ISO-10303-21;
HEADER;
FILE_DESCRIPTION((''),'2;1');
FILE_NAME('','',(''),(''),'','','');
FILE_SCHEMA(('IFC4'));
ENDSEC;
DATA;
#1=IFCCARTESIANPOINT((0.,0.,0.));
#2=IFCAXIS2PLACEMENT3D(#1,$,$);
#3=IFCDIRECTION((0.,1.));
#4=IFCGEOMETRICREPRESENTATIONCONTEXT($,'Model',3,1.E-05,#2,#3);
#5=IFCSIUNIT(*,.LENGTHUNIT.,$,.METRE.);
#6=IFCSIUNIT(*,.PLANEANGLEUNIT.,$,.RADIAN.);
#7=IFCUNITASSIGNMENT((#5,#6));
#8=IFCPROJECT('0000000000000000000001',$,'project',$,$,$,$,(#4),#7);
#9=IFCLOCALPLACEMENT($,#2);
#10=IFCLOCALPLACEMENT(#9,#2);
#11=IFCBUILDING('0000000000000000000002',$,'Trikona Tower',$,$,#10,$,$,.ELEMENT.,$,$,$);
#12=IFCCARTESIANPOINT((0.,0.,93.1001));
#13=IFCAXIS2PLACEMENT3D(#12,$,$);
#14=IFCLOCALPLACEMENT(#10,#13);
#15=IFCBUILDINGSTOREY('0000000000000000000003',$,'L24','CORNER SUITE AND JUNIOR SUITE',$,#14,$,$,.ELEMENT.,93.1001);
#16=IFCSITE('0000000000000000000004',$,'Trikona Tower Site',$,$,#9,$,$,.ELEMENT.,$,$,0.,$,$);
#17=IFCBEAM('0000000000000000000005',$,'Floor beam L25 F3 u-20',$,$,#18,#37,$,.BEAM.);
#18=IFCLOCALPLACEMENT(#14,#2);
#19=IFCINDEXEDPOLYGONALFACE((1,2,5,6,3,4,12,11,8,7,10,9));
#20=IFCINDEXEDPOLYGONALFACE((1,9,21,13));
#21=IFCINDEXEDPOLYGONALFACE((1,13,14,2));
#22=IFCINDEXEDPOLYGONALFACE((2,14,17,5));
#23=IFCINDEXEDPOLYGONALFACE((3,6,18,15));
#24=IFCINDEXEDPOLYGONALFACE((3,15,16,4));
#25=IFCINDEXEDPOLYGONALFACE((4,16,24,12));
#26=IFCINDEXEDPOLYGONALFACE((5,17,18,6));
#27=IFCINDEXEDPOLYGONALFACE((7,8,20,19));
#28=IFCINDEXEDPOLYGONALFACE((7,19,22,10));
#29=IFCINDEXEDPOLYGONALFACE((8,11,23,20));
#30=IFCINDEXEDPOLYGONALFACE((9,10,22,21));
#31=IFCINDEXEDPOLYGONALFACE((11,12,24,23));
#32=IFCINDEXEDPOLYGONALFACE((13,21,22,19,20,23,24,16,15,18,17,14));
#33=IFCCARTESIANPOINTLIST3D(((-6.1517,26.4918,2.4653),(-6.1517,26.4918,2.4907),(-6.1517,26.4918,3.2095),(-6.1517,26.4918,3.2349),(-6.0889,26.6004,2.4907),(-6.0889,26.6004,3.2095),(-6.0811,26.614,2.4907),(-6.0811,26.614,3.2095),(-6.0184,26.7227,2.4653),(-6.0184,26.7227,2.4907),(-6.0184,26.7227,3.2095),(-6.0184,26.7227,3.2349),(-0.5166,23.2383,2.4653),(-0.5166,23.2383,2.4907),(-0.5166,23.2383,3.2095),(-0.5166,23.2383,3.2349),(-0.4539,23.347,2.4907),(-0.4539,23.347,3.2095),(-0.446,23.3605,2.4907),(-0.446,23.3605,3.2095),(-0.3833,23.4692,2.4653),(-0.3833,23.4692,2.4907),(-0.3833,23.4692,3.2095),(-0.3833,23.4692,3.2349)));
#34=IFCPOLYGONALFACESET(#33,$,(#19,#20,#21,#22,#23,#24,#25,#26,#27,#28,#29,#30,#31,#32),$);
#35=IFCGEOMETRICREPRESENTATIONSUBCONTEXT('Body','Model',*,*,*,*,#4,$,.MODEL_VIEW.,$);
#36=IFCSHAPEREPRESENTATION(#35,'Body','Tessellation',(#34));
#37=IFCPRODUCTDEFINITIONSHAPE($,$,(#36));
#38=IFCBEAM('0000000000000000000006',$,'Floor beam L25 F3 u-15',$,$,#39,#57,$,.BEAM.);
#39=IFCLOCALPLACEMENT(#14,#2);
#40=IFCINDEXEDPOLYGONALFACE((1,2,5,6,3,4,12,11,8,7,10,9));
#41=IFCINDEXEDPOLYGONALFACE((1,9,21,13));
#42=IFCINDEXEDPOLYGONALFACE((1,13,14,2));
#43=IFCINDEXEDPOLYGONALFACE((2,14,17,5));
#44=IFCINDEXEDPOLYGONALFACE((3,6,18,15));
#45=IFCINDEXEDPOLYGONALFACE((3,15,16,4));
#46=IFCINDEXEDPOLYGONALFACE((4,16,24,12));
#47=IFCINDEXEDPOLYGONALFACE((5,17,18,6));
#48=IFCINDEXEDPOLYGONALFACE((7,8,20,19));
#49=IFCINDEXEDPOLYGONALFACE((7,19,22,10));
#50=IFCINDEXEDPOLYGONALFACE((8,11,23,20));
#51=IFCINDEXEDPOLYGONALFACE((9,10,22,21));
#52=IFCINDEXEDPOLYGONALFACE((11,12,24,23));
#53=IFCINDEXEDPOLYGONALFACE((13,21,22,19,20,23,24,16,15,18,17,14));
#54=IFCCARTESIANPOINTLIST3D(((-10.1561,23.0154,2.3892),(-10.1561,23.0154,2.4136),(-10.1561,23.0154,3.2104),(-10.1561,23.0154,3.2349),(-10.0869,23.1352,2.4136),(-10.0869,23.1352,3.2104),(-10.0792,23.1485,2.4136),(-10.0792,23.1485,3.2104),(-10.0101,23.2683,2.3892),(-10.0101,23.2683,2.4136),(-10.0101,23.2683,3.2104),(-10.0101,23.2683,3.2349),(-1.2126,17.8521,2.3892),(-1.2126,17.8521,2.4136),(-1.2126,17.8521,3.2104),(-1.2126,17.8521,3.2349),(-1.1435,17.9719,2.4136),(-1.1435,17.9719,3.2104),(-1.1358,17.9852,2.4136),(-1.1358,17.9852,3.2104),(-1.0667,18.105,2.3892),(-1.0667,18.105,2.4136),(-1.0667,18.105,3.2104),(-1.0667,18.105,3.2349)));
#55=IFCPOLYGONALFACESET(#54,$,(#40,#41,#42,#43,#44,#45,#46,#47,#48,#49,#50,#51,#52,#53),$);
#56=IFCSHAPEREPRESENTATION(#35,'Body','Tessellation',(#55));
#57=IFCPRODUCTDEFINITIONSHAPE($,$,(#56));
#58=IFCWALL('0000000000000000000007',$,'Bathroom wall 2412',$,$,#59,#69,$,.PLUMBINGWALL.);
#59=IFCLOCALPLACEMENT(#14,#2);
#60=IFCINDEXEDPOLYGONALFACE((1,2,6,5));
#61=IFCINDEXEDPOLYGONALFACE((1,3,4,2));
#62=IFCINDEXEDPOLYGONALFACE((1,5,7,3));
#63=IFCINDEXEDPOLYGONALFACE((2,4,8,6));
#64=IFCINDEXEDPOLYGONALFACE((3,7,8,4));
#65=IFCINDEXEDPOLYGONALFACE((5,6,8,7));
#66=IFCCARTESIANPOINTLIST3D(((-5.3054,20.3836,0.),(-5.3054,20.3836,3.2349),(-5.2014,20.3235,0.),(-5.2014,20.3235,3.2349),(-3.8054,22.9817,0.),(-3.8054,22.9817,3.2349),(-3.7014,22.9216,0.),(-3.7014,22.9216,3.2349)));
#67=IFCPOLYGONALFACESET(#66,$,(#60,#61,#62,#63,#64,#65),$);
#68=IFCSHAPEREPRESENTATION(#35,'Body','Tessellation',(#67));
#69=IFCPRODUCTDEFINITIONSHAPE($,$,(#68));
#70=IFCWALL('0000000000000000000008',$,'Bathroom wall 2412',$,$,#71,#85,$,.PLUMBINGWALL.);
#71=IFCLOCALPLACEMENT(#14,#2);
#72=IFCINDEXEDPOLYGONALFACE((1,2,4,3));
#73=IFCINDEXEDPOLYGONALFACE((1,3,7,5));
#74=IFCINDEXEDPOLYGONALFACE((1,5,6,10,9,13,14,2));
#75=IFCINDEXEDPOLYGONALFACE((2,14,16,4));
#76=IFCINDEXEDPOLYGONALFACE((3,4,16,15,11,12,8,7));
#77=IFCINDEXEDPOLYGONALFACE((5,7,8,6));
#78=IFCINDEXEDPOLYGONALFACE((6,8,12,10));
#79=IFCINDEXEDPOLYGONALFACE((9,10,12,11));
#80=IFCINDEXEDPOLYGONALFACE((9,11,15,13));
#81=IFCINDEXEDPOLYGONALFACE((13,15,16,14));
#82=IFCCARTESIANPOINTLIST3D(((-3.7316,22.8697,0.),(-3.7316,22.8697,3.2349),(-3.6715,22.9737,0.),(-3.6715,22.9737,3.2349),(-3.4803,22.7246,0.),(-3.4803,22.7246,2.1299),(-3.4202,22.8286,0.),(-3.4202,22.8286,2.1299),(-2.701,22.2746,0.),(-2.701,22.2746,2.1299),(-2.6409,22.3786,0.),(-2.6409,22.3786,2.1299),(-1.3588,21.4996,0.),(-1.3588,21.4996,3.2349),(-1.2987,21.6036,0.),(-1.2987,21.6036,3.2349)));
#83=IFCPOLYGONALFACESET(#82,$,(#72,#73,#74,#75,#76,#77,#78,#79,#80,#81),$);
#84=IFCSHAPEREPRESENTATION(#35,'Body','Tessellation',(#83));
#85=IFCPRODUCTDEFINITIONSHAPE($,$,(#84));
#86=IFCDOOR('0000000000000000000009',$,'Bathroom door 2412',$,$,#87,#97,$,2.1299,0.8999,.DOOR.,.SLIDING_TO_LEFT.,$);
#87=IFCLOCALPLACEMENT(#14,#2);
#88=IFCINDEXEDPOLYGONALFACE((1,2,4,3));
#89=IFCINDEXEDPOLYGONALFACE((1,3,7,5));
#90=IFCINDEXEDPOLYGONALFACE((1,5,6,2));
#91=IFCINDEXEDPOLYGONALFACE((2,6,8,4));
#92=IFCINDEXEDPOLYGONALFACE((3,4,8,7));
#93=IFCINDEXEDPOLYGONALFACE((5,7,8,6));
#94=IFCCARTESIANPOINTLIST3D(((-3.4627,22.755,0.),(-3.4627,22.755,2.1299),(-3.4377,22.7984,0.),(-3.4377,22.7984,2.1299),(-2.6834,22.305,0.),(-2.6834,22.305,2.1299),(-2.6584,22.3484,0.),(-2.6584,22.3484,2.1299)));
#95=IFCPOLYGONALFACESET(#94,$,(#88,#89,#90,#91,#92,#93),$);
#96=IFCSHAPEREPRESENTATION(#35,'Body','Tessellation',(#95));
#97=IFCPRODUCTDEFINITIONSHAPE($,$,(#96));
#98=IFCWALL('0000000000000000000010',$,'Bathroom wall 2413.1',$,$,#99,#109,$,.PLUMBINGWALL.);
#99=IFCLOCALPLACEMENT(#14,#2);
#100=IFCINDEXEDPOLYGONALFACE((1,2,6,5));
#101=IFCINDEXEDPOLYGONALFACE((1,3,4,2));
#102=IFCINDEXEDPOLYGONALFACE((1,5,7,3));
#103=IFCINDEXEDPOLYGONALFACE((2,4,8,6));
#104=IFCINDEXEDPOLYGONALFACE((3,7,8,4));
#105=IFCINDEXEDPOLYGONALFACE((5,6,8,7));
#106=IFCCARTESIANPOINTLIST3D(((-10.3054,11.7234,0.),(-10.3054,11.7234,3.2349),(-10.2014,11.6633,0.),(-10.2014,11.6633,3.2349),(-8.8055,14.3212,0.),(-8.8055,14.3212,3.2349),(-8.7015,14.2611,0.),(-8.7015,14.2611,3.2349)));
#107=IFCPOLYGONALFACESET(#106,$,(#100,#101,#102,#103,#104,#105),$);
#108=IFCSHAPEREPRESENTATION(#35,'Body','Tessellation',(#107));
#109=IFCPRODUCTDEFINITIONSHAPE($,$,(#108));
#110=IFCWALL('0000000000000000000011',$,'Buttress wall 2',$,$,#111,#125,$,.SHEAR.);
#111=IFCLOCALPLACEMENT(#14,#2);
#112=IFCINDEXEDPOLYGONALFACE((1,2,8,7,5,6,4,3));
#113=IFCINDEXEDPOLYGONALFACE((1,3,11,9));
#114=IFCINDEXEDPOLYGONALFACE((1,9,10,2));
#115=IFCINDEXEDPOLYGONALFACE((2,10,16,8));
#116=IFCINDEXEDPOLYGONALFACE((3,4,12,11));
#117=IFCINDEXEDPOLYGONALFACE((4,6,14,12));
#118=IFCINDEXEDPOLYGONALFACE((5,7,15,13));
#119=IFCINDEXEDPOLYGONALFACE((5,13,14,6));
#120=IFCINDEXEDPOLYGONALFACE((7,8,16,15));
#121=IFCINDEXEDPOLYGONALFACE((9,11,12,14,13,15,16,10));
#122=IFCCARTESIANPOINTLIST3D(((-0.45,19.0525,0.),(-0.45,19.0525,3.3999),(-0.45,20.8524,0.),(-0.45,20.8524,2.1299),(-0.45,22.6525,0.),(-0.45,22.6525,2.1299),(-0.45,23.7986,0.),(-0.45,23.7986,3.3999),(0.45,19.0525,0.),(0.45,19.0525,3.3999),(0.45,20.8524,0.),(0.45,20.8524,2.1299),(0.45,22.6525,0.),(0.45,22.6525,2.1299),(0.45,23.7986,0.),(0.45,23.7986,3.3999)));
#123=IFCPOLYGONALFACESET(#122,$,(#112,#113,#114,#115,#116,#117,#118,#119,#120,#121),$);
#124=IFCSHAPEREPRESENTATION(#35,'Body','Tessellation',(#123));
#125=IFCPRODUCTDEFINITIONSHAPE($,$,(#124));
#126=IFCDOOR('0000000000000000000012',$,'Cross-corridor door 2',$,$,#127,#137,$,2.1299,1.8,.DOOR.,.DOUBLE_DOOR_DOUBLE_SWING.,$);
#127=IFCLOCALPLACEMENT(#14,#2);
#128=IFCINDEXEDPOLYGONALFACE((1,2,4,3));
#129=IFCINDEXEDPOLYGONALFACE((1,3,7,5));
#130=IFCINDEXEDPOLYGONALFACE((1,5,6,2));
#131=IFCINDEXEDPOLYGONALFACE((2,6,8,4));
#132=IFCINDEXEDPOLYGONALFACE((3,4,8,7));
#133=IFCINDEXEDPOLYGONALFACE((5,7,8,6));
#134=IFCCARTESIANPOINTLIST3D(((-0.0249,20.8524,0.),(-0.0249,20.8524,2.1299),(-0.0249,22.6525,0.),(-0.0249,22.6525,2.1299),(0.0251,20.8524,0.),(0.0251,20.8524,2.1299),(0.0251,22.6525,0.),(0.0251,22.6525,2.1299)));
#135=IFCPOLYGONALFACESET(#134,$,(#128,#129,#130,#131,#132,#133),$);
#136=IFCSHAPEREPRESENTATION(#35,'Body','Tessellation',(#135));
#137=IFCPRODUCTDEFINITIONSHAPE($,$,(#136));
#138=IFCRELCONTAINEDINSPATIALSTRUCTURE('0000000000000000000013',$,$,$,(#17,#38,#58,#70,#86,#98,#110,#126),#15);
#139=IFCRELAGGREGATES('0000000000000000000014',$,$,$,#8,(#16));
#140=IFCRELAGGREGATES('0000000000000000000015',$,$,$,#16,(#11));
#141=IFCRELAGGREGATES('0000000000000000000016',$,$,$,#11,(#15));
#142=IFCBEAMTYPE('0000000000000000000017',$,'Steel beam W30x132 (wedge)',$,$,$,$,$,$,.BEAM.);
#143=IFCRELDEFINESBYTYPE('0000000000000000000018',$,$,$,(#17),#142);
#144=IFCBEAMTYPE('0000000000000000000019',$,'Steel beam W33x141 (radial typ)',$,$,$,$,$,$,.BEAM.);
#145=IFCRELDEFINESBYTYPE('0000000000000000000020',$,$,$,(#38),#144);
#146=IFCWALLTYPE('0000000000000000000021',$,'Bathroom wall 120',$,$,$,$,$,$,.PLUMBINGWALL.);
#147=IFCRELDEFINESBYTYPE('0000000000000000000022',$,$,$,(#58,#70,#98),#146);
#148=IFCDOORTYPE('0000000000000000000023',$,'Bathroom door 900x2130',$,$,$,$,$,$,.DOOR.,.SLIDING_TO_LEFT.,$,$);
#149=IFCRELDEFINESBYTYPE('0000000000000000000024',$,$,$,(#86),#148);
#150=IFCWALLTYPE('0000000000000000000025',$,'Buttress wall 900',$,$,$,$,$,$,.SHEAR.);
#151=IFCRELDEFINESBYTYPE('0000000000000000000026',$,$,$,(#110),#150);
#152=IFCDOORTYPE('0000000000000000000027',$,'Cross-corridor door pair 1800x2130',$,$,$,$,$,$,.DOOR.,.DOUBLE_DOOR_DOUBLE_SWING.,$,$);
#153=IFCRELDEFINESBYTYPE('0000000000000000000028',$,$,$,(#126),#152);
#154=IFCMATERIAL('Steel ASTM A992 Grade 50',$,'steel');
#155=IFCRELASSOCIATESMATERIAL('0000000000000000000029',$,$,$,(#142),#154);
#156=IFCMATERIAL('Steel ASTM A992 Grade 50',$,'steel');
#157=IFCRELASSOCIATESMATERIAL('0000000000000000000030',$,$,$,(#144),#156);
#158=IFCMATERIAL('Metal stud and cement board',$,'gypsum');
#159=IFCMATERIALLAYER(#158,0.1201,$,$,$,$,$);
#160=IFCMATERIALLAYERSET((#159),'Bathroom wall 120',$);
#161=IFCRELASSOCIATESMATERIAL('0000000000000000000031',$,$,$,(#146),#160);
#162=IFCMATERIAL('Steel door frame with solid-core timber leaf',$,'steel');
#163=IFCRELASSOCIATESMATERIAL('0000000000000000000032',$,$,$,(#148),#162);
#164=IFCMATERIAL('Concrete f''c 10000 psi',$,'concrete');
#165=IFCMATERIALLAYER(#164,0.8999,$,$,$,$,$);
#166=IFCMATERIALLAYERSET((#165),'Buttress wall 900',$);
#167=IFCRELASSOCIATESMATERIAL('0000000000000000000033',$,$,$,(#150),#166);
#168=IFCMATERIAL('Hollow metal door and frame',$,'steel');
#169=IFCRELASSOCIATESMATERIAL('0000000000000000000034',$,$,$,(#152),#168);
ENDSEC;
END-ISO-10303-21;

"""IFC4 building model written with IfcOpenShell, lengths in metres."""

from ifc_helpers import new_model, si_unit, direction, frame, frame_2d, origin, origin_2d, place, context, subcontext, project, spatial, rectangle, i_section, extrude, material, layer, layer_set, material_profile, profile_set, type_object, element, fill, save


model = new_model("IFC4")

# Units and contexts
model_context = context("Model", 3, precision=1e-05, world=origin(), true_north=direction((0.0, 1.0)))
body_context = subcontext(model_context, "Body", "Model", "MODEL_VIEW")
ifc_project = project(units=[si_unit("LENGTHUNIT", "METRE"), si_unit("PLANEANGLEUNIT", "RADIAN")], contexts=[model_context])

# Site, building, storey
site_placement = place(None, origin())
site = spatial("IfcSite", under=ifc_project, at=site_placement, Name="Trikona Tower Site", CompositionType="ELEMENT", RefElevation=0.0)
building_placement = place(site_placement, origin())
building = spatial("IfcBuilding", under=site, at=building_placement, Name="Trikona Tower", CompositionType="ELEMENT")
storey_placement = place(building_placement, frame((0.0, 0.0, 93.1001)))
storey = spatial("IfcBuildingStorey", under=building, at=storey_placement, Name="L24", Description="CORNER SUITE AND JUNIOR SUITE", CompositionType="ELEMENT", Elevation=93.1001)

# Beams
ifc_material_1 = material(Name="Steel ASTM A992 Grade 50", Category="steel")
ifc_material_profile_1 = material_profile(ifc_material_1, i_section(OverallWidth=0.2666, OverallDepth=0.7695, WebThickness=0.0156, FlangeThickness=0.0254, at=origin_2d()), Name="W30X132")
ifc_profile_set_1 = profile_set([ifc_material_profile_1], Name="Steel ASTM A992 Grade 50")
beam_type_1 = type_object("IfcBeamType", Name="Steel beam W30x132 (wedge)", PredefinedType="BEAM", material=ifc_profile_set_1)
beam_1_placement = place(storey_placement, frame((-0.45, 23.3538, 2.8501), z_axis=(-0.866023, 0.500005, 0.0), x_axis=(-0.500005, -0.866023, 0.0)))
element("IfcBeam", 1, at=beam_1_placement, inside=storey, type_object=beam_type_1, Name="Floor beam L25 F3 u-20", PredefinedType="BEAM", context=body_context, shape_type="SweptSolid", body=[
    extrude(i_section(OverallWidth=0.2666, OverallDepth=0.7695, WebThickness=0.0156, FlangeThickness=0.0254, at=origin_2d()), origin(), (0.0, 0.0, 1.0), 6.5068),
])
ifc_material_2 = material(Name="Steel ASTM A992 Grade 50", Category="steel")
ifc_material_profile_2 = material_profile(ifc_material_2, i_section(OverallWidth=0.292, OverallDepth=0.8457, WebThickness=0.0154, FlangeThickness=0.0244, at=origin_2d()), Name="W33X141")
ifc_profile_set_2 = profile_set([ifc_material_profile_2], Name="Steel ASTM A992 Grade 50")
beam_type_2 = type_object("IfcBeamType", Name="Steel beam W33x141 (radial typ)", PredefinedType="BEAM", material=ifc_profile_set_2)
beam_2_placement = place(storey_placement, frame((-1.1396, 17.9785, 2.812), z_axis=(-0.86603, 0.499991, 0.0), x_axis=(-0.499991, -0.86603, 0.0)))
element("IfcBeam", 2, at=beam_2_placement, inside=storey, type_object=beam_type_2, Name="Floor beam L25 F3 u-15", PredefinedType="BEAM", context=body_context, shape_type="SweptSolid", body=[
    extrude(i_section(OverallWidth=0.292, OverallDepth=0.8457, WebThickness=0.0154, FlangeThickness=0.0244, at=origin_2d()), origin(), (0.0, 0.0, 1.0), 10.3269),
])

# Wall
ifc_material_3 = material(Name="Metal stud and cement board", Category="gypsum")
ifc_layer_1 = layer(ifc_material_3, 0.1201)
ifc_layer_set_1 = layer_set([ifc_layer_1], Name="Bathroom wall 120")
wall_type_1 = type_object("IfcWallType", Name="Bathroom wall 120", PredefinedType="PLUMBINGWALL", material=ifc_layer_set_1)
wall_1_placement = place(storey_placement, frame((-3.7534, 22.9517, 0.0), z_axis=(0.0, 0.0, 1.0), x_axis=(-0.49999, -0.866031, 0.0)))
element("IfcWall", 3, at=wall_1_placement, inside=storey, type_object=wall_type_1, Name="Bathroom wall 2412", PredefinedType="PLUMBINGWALL", context=body_context, shape_type="SweptSolid", body=[
    extrude(rectangle(XDim=3.0, YDim=0.1201, at=frame_2d((1.5, 0.0))), origin(), (0.0, 0.0, 1.0), 3.2349),
])

# Wall, opening, door
wall_2_placement = place(storey_placement, frame((-1.3286, 21.5515, 0.0), z_axis=(0.0, 0.0, 1.0), x_axis=(-0.865997, 0.500049, 0.0)))
wall_2 = element("IfcWall", 4, at=wall_2_placement, inside=storey, type_object=wall_type_1, Name="Bathroom wall 2412", PredefinedType="PLUMBINGWALL", context=body_context, shape_type="SweptSolid", body=[
    extrude(rectangle(XDim=2.74, YDim=0.1201, at=frame_2d((1.3701, 0.0))), origin(), (0.0, 0.0, 1.0), 3.2349),
])
opening_1_placement = place(wall_2_placement, frame((1.55, 0.0, 0.0)))
opening_1 = element("IfcOpeningElement", 5, at=opening_1_placement, cuts=wall_2, PredefinedType="OPENING", context=body_context, shape_type="SweptSolid", body=[
    extrude(rectangle(XDim=0.8999, YDim=2.1299, at=frame_2d((0.45, 1.0649))), frame((0.0, 0.0701, 0.0), z_axis=(0.0, -1.0, 0.0), x_axis=(1.0, 0.0, 0.0)), (0.0, 0.0, 1.0), 0.1401),
])
ifc_material_4 = material(Name="Steel door frame with solid-core timber leaf", Category="steel")
door_type_1 = type_object("IfcDoorType", Name="Bathroom door 900x2130", OperationType="SLIDING_TO_LEFT", PredefinedType="DOOR", material=ifc_material_4)
door_1_placement = place(opening_1_placement, origin())
door_1 = element("IfcDoor", 6, at=door_1_placement, inside=storey, type_object=door_type_1, Name="Bathroom door 2412", OperationType="SLIDING_TO_LEFT", OverallHeight=2.1299, OverallWidth=0.8999, PredefinedType="DOOR", context=body_context, shape_type="SweptSolid", body=[
    extrude(rectangle(XDim=0.8999, YDim=2.1299, at=frame_2d((0.45, 1.0649))), frame((0.0, 0.0249, 0.0), z_axis=(0.0, -1.0, 0.0), x_axis=(1.0, 0.0, 0.0)), (0.0, 0.0, 1.0), 0.05),
])
fill(opening_1, door_1)

# Wall
wall_3_placement = place(storey_placement, frame((-8.7534, 14.2913, 0.0), z_axis=(0.0, 0.0, 1.0), x_axis=(-0.500025, -0.866011, 0.0)))
element("IfcWall", 7, at=wall_3_placement, inside=storey, type_object=wall_type_1, Name="Bathroom wall 2413.1", PredefinedType="PLUMBINGWALL", context=body_context, shape_type="SweptSolid", body=[
    extrude(rectangle(XDim=2.9998, YDim=0.1201, at=frame_2d((1.5, 0.0))), origin(), (0.0, 0.0, 1.0), 3.2349),
])

# Wall, opening, door
ifc_material_5 = material(Name="Concrete f'c 10000 psi", Category="concrete")
ifc_layer_2 = layer(ifc_material_5, 0.8999)
ifc_layer_set_2 = layer_set([ifc_layer_2], Name="Buttress wall 900")
wall_type_2 = type_object("IfcWallType", Name="Buttress wall 900", PredefinedType="SHEAR", material=ifc_layer_set_2)
wall_4_placement = place(storey_placement, frame((0.0, 19.0525, 0.0), z_axis=(0.0, 0.0, 1.0), x_axis=(0.0, 1.0, 0.0)))
wall_4 = element("IfcWall", 8, at=wall_4_placement, inside=storey, type_object=wall_type_2, Name="Buttress wall 2", PredefinedType="SHEAR", context=body_context, shape_type="SweptSolid", body=[
    extrude(rectangle(XDim=4.7461, YDim=0.8999, at=frame_2d((2.373, 0.0))), origin(), (0.0, 0.0, 1.0), 3.3999),
])
opening_2_placement = place(wall_4_placement, frame((1.8, 0.0, 0.0)))
opening_2 = element("IfcOpeningElement", 9, at=opening_2_placement, cuts=wall_4, PredefinedType="OPENING", context=body_context, shape_type="SweptSolid", body=[
    extrude(rectangle(XDim=1.8, YDim=2.1299, at=frame_2d((0.8999, 1.0649))), frame((0.0, 0.46, 0.0), z_axis=(0.0, -1.0, 0.0), x_axis=(1.0, 0.0, 0.0)), (0.0, 0.0, 1.0), 0.9199),
])
ifc_material_6 = material(Name="Hollow metal door and frame", Category="steel")
door_type_2 = type_object("IfcDoorType", Name="Cross-corridor door pair 1800x2130", OperationType="DOUBLE_DOOR_DOUBLE_SWING", PredefinedType="DOOR", material=ifc_material_6)
door_2_placement = place(opening_2_placement, origin())
door_2 = element("IfcDoor", 10, at=door_2_placement, inside=storey, type_object=door_type_2, Name="Cross-corridor door 2", OperationType="DOUBLE_DOOR_DOUBLE_SWING", OverallHeight=2.1299, OverallWidth=1.8, PredefinedType="DOOR", context=body_context, shape_type="SweptSolid", body=[
    extrude(rectangle(XDim=1.8, YDim=2.1299, at=frame_2d((0.8999, 1.0649))), frame((0.0, 0.0249, 0.0), z_axis=(0.0, -1.0, 0.0), x_axis=(1.0, 0.0, 0.0)), (0.0, 0.0, 1.0), 0.05),
])
fill(opening_2, door_2)

save(model, "model.ifc")
